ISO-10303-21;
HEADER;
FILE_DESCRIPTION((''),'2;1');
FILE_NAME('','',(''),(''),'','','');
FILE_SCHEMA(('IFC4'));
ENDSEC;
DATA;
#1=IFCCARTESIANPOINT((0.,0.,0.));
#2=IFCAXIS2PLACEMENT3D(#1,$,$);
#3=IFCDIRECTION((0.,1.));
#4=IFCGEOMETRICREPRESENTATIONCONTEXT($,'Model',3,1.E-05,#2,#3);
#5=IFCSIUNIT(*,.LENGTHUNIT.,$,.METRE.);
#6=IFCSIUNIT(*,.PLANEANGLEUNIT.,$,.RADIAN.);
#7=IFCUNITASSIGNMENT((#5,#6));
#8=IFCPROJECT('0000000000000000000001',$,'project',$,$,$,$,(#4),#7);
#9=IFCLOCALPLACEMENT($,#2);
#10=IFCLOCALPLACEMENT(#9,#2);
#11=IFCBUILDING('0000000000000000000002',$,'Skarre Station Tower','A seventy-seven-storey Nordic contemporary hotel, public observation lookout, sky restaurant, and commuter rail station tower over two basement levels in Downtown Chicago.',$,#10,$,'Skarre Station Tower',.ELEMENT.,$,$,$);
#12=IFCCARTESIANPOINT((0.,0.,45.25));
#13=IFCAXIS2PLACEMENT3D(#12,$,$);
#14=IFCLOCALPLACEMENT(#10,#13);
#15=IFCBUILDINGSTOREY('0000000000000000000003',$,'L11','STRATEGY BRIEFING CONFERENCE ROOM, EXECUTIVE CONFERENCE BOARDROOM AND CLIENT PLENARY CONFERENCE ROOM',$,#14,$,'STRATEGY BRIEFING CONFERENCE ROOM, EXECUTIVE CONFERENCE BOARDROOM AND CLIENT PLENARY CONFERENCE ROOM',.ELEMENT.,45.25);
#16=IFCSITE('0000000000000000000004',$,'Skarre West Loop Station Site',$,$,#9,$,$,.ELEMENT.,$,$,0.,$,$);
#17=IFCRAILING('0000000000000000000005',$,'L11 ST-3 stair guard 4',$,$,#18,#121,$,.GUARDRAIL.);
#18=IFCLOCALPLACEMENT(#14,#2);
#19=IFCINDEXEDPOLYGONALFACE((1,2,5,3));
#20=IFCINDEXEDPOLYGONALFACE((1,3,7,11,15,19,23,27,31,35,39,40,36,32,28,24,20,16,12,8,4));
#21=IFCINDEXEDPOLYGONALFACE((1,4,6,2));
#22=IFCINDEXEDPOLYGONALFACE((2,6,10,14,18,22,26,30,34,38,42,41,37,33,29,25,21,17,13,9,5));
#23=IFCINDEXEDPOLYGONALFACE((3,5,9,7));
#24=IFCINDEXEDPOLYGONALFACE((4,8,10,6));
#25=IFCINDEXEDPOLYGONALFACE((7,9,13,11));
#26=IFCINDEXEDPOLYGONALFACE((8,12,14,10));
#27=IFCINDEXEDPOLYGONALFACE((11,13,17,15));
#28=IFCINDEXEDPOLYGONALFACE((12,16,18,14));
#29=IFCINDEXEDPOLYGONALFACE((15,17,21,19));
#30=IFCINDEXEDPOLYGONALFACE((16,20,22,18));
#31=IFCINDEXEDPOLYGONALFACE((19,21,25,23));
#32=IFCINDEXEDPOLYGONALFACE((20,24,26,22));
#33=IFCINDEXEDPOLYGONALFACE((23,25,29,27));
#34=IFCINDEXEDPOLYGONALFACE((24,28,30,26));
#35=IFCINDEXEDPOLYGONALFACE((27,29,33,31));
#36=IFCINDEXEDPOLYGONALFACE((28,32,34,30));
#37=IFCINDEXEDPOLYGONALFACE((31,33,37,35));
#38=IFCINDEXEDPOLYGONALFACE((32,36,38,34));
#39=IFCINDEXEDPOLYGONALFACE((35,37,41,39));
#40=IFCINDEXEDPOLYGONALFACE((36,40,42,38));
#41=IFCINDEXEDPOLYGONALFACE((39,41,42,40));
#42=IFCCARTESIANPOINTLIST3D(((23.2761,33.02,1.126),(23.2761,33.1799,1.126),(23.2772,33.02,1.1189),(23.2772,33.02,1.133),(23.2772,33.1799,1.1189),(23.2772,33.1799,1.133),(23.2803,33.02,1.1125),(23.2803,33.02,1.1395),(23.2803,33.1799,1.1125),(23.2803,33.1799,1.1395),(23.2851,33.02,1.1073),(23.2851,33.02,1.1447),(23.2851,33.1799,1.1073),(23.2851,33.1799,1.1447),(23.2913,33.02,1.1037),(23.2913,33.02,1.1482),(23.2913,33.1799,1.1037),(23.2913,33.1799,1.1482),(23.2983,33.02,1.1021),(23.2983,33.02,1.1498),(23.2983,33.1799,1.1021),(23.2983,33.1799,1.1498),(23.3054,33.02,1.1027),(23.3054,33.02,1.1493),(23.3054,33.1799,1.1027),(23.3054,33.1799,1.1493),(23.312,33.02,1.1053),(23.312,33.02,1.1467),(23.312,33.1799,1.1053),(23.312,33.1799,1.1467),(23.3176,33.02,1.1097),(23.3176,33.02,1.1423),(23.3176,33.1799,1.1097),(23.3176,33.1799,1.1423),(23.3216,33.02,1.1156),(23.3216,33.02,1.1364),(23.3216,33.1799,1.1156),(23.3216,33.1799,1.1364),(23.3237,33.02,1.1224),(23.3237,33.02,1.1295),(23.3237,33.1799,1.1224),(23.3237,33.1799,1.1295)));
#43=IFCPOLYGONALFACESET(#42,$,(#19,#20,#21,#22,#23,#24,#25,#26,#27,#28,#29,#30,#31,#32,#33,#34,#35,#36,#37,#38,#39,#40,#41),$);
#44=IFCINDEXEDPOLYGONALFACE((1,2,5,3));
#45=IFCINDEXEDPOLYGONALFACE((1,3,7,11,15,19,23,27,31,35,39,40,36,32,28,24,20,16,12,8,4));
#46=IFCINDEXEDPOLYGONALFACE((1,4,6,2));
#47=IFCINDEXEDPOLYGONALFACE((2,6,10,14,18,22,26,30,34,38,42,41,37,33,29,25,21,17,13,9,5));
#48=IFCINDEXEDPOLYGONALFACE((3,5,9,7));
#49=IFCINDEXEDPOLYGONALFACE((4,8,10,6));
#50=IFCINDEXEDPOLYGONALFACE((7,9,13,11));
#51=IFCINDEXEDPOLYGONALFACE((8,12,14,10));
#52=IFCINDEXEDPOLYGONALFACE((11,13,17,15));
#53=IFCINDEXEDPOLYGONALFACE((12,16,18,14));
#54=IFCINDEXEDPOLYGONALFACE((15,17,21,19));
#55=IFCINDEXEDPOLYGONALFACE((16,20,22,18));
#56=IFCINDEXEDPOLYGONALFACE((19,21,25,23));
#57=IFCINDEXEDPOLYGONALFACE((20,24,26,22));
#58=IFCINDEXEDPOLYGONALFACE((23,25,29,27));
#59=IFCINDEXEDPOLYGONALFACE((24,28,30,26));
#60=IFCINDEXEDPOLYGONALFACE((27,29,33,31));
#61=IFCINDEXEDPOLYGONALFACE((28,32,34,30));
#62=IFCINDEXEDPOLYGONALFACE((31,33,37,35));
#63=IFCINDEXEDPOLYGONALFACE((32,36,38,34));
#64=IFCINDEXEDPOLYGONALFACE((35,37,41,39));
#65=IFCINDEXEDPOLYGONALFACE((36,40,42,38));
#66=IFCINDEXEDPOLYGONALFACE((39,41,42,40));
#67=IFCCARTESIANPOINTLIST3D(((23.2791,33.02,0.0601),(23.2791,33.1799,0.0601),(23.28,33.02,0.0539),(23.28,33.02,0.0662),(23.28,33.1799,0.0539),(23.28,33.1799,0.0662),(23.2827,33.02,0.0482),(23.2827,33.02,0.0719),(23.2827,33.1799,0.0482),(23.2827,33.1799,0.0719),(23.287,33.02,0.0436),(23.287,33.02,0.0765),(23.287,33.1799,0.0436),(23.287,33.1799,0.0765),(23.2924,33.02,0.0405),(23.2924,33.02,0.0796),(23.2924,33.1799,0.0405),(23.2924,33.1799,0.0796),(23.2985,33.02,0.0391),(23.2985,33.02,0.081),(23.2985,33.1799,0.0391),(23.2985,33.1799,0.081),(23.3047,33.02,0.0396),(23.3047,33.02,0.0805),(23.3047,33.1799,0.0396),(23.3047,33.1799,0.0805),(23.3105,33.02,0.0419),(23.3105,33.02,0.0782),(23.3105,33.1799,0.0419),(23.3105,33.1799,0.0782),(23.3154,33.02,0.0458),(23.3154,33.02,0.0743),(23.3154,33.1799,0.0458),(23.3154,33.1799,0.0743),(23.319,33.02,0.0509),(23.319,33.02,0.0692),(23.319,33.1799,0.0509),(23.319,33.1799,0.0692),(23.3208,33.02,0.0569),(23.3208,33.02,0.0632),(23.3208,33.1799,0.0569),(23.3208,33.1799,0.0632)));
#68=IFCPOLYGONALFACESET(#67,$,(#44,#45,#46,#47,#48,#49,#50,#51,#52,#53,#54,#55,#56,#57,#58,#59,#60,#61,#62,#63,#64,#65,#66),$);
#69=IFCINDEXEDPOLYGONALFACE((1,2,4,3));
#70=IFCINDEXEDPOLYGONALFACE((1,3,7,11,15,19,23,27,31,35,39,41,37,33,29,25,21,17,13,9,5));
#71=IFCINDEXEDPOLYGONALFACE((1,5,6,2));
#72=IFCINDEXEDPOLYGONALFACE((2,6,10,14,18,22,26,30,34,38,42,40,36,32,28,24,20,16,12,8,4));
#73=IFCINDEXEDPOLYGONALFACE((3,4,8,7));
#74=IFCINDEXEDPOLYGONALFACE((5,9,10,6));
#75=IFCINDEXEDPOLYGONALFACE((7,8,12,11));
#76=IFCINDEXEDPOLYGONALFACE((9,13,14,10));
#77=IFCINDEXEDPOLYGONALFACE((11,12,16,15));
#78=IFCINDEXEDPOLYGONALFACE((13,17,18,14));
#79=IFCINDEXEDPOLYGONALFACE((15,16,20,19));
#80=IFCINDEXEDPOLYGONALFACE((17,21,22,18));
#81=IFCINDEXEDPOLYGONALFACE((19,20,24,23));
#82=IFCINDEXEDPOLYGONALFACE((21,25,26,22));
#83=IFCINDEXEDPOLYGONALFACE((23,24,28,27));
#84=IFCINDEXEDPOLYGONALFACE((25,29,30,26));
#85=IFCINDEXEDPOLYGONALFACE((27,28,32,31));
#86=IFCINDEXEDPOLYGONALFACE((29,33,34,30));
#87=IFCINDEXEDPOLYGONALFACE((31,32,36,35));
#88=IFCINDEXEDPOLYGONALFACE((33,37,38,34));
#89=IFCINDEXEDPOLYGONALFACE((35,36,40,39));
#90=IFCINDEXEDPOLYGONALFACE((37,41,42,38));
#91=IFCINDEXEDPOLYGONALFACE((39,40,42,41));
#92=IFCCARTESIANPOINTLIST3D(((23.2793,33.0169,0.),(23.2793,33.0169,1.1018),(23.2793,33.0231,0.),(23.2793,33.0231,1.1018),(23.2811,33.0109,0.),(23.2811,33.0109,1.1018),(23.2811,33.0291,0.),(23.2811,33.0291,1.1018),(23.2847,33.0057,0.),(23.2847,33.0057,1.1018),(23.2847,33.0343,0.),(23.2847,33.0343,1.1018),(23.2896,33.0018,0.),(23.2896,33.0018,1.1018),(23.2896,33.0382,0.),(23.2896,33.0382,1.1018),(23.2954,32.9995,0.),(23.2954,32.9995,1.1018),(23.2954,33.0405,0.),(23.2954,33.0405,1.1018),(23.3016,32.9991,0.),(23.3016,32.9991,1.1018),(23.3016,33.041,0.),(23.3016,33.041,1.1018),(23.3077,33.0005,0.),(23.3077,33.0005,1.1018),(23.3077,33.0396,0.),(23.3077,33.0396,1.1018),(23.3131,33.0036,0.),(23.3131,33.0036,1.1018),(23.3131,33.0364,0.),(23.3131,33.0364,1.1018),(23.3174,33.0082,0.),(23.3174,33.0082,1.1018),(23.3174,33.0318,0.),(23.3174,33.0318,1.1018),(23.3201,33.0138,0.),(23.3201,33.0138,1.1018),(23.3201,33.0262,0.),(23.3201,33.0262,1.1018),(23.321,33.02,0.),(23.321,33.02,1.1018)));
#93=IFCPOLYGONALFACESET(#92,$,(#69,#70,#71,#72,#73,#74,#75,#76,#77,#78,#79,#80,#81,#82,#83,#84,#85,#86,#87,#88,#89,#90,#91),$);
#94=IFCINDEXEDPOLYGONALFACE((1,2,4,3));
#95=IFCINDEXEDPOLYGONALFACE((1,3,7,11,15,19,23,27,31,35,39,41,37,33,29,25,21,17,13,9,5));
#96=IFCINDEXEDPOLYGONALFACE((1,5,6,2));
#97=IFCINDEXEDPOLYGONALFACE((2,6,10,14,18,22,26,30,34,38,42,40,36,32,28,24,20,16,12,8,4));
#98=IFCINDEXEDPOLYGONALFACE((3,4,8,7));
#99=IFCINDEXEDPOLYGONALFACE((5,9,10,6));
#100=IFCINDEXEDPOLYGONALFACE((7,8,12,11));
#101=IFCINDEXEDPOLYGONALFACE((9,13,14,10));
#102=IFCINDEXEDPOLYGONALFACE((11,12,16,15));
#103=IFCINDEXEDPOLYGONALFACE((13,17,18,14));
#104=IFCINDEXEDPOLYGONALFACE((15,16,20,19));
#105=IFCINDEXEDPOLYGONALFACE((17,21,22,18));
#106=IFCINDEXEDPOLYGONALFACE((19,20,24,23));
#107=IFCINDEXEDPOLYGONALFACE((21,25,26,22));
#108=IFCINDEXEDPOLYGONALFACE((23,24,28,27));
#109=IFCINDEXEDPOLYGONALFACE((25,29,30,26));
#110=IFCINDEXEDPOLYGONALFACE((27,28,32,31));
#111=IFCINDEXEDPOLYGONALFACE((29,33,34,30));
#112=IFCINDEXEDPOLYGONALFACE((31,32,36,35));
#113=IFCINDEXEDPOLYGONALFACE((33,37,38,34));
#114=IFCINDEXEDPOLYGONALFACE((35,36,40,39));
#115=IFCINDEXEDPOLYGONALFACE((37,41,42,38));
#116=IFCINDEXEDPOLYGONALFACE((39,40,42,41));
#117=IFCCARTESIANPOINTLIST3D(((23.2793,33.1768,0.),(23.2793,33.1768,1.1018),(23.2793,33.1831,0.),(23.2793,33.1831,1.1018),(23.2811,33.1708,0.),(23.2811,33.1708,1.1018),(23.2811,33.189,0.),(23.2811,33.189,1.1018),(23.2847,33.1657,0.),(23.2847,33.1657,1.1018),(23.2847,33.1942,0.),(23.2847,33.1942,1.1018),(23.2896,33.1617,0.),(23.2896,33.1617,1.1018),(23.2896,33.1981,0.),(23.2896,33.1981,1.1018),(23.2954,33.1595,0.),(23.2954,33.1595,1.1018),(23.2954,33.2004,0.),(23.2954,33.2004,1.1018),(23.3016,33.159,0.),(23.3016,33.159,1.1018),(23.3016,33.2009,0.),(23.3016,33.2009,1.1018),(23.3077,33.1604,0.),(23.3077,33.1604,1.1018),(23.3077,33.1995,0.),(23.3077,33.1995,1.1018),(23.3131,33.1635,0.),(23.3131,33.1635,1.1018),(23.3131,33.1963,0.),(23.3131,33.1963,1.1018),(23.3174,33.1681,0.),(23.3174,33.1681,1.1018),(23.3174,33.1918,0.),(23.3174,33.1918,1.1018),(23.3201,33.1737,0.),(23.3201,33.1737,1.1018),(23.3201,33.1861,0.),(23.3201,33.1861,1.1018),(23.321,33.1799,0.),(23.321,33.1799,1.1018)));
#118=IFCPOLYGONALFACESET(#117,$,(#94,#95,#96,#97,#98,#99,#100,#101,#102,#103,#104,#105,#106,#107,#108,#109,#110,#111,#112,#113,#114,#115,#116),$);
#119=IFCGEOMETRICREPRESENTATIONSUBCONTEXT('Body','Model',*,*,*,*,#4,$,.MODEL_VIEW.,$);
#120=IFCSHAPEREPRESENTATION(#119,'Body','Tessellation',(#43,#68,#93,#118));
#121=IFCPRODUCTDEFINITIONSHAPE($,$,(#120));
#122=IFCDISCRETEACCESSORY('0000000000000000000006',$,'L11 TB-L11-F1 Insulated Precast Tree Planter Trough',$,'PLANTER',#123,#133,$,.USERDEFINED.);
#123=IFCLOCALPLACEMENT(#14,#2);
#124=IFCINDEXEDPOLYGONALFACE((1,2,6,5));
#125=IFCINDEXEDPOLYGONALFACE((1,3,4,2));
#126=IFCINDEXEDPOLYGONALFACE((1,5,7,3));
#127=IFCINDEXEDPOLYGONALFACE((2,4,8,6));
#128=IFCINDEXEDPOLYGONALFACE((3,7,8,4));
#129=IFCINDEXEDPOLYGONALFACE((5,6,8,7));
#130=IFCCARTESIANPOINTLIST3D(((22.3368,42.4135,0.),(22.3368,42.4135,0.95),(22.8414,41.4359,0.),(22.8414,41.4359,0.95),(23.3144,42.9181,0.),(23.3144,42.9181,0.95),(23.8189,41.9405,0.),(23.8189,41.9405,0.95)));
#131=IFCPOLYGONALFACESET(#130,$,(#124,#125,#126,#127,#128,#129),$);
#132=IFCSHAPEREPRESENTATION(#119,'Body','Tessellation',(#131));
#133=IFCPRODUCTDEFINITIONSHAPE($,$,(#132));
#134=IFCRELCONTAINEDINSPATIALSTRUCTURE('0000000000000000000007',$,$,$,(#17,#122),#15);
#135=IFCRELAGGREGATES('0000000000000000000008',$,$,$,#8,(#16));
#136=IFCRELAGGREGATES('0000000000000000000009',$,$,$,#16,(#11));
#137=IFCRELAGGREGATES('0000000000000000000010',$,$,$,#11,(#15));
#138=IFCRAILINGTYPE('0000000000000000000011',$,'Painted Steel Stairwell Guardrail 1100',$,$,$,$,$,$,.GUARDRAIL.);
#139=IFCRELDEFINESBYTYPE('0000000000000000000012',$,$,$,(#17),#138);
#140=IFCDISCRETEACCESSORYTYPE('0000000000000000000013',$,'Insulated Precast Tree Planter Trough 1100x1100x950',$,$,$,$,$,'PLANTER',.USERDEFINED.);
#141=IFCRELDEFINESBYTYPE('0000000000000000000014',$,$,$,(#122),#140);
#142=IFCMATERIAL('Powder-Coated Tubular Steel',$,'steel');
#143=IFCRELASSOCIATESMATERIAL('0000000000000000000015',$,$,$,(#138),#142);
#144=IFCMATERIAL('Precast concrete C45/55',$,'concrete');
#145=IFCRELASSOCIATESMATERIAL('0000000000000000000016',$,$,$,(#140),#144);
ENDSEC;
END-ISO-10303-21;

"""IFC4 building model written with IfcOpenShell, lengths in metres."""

from ifc_helpers import new_model, si_unit, direction, frame, origin, origin_2d, place, context, subcontext, project, spatial, rectangle, circle, extrude, material, type_object, element, save


model = new_model("IFC4")

# Units and contexts
model_context = context("Model", 3, precision=1e-05, world=origin(), true_north=direction((0.0, 1.0)))
body_context = subcontext(model_context, "Body", "Model", "MODEL_VIEW")
ifc_project = project(units=[si_unit("LENGTHUNIT", "METRE"), si_unit("PLANEANGLEUNIT", "RADIAN")], contexts=[model_context])

# Site, building, storey
site_placement = place(None, origin())
site = spatial("IfcSite", under=ifc_project, at=site_placement, Name="Skarre West Loop Station Site", CompositionType="ELEMENT", RefElevation=0.0)
building_placement = place(site_placement, origin())
building = spatial("IfcBuilding", under=site, at=building_placement, Name="Skarre Station Tower", Description="A seventy-seven-storey Nordic contemporary hotel, public observation lookout, sky restaurant, and commuter rail station tower over two basement levels in Downtown Chicago.", LongName="Skarre Station Tower", CompositionType="ELEMENT")
storey_placement = place(building_placement, frame((0.0, 0.0, 45.25)))
storey = spatial("IfcBuildingStorey", under=building, at=storey_placement, Name="L11", Description="STRATEGY BRIEFING CONFERENCE ROOM, EXECUTIVE CONFERENCE BOARDROOM AND CLIENT PLENARY CONFERENCE ROOM", LongName="STRATEGY BRIEFING CONFERENCE ROOM, EXECUTIVE CONFERENCE BOARDROOM AND CLIENT PLENARY CONFERENCE ROOM", CompositionType="ELEMENT", Elevation=45.25)

# Shared definitions
ifc_material_1 = material(Name="Precast concrete C45/55", Category="concrete")

# Railing
ifc_material_2 = material(Name="Powder-Coated Tubular Steel", Category="steel")
railing_type_1 = type_object("IfcRailingType", Name="Painted Steel Stairwell Guardrail 1100", PredefinedType="GUARDRAIL", material=ifc_material_2)
railing_1_placement = place(storey_placement, frame((23.3, 33.02, 0.0)))
element("IfcRailing", 1, at=railing_1_placement, inside=storey, type_object=railing_type_1, Name="L11 ST-3 stair guard 4", PredefinedType="GUARDRAIL", context=body_context, shape_type="SweptSolid", body=[
    extrude(circle(Radius=0.0239, at=origin_2d()), frame((0.0, 0.0, 1.126), z_axis=(0.0, 1.0, 0.0), x_axis=(-1.0, 0.0, 0.0)), (0.0, 0.0, 1.0), 0.1599),
    extrude(circle(Radius=0.021, at=origin_2d()), frame((0.0, 0.0, 0.0601), z_axis=(0.0, 1.0, 0.0), x_axis=(-1.0, 0.0, 0.0)), (0.0, 0.0, 1.0), 0.1599),
    extrude(circle(Radius=0.021, at=origin_2d()), origin(), (0.0, 0.0, 1.0), 1.1018),
    extrude(circle(Radius=0.021, at=origin_2d()), frame((0.0, 0.1599, 0.0)), (0.0, 0.0, 1.0), 1.1018),
])

# Discrete accessory
discrete_accessory_type = type_object("IfcDiscreteAccessoryType", Name="Insulated Precast Tree Planter Trough 1100x1100x950", ElementType="PLANTER", PredefinedType="USERDEFINED", material=ifc_material_1)
discrete_accessory_placement = place(storey_placement, frame((23.0779, 42.177, 0.0), z_axis=(0.0, 0.0, 1.0), x_axis=(-0.458619, 0.888633, 0.0)))
element("IfcDiscreteAccessory", 2, at=discrete_accessory_placement, inside=storey, type_object=discrete_accessory_type, Name="L11 TB-L11-F1 Insulated Precast Tree Planter Trough", ObjectType="PLANTER", PredefinedType="USERDEFINED", context=body_context, shape_type="SweptSolid", body=[
    extrude(rectangle(XDim=1.1001, YDim=1.1001, at=origin_2d()), origin(), (0.0, 0.0, 1.0), 0.95),
])

save(model, "model.ifc")
